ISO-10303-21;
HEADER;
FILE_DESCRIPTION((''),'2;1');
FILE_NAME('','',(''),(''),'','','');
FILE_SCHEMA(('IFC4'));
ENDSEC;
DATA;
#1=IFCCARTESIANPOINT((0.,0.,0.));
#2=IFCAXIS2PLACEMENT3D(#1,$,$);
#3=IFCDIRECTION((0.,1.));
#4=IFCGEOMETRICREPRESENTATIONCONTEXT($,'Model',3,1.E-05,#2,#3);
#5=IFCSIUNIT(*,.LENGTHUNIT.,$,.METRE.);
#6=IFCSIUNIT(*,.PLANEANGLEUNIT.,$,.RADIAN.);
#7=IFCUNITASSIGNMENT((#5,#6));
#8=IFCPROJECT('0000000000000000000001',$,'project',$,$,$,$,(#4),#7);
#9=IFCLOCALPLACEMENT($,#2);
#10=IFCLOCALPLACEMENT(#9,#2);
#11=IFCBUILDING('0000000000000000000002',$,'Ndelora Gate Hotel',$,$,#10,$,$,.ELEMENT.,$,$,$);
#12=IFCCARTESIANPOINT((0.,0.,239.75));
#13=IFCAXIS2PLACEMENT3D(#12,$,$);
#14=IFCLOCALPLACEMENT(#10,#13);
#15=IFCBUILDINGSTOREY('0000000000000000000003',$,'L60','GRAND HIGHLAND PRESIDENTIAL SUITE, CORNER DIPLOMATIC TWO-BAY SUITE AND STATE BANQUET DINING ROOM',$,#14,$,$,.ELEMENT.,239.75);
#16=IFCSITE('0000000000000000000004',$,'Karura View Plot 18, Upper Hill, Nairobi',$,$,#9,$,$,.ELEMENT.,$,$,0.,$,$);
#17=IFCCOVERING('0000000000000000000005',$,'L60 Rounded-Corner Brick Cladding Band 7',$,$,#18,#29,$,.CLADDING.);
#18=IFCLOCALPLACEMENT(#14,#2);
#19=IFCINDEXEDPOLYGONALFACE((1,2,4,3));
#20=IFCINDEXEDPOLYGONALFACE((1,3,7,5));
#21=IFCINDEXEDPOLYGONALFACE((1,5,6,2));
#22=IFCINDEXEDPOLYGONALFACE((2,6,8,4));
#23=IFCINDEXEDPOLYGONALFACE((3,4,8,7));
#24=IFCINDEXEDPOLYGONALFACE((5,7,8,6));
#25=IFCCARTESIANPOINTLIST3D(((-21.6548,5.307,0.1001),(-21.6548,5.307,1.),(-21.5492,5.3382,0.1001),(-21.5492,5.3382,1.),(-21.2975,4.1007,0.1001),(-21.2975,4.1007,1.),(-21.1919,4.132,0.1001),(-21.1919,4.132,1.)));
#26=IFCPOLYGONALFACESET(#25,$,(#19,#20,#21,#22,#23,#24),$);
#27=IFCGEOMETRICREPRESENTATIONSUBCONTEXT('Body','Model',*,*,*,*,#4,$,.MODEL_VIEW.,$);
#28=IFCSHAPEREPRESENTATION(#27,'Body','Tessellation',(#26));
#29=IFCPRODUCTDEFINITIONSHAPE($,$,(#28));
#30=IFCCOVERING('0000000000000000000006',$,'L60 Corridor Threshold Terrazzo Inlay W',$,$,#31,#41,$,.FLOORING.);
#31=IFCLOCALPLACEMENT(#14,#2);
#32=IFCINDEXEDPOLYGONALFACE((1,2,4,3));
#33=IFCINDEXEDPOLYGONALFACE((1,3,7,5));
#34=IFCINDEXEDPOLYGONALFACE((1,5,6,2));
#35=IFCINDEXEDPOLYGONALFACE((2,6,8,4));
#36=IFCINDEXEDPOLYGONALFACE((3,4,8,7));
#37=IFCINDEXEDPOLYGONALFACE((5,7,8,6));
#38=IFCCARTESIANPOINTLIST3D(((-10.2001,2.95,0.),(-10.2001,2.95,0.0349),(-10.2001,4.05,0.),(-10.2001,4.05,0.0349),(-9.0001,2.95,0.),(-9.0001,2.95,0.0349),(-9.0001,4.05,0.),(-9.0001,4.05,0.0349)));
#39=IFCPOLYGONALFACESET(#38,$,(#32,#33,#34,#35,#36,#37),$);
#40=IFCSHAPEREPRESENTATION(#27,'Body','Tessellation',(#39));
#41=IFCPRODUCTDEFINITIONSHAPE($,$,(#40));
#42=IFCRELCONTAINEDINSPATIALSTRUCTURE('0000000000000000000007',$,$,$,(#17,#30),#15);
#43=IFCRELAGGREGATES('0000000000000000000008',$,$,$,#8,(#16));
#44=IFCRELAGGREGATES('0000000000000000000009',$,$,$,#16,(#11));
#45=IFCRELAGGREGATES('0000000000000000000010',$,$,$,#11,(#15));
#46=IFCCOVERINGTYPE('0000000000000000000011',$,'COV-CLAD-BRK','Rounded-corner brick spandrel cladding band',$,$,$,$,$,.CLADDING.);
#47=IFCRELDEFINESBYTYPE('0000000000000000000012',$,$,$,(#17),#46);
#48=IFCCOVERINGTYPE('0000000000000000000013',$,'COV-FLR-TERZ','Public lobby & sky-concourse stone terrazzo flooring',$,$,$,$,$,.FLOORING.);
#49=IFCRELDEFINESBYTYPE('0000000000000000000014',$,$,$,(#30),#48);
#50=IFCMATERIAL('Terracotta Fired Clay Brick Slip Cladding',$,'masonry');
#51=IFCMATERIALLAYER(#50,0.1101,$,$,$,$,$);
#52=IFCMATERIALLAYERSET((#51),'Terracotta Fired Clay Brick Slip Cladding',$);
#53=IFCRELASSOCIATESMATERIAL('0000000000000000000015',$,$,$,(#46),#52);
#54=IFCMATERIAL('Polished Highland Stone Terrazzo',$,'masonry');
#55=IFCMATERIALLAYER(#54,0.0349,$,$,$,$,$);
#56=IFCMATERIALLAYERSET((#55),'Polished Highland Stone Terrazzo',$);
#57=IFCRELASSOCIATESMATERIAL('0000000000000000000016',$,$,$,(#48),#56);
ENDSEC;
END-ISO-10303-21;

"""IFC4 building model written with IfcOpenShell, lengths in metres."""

from ifc_helpers import new_model, si_unit, direction, frame, origin, origin_2d, place, context, subcontext, project, spatial, rectangle, extrude, material, layer, layer_set, type_object, element, save


model = new_model("IFC4")

# Units and contexts
model_context = context("Model", 3, precision=1e-05, world=origin(), true_north=direction((0.0, 1.0)))
body_context = subcontext(model_context, "Body", "Model", "MODEL_VIEW")
ifc_project = project(units=[si_unit("LENGTHUNIT", "METRE"), si_unit("PLANEANGLEUNIT", "RADIAN")], contexts=[model_context])

# Site, building, storey
site_placement = place(None, origin())
site = spatial("IfcSite", under=ifc_project, at=site_placement, Name="Karura View Plot 18, Upper Hill, Nairobi", CompositionType="ELEMENT", RefElevation=0.0)
building_placement = place(site_placement, origin())
building = spatial("IfcBuilding", under=site, at=building_placement, Name="Ndelora Gate Hotel", CompositionType="ELEMENT")
storey_placement = place(building_placement, frame((0.0, 0.0, 239.75)))
storey = spatial("IfcBuildingStorey", under=building, at=storey_placement, Name="L60", Description="GRAND HIGHLAND PRESIDENTIAL SUITE, CORNER DIPLOMATIC TWO-BAY SUITE AND STATE BANQUET DINING ROOM", CompositionType="ELEMENT", Elevation=239.75)

# Coverings
ifc_material_1 = material(Name="Terracotta Fired Clay Brick Slip Cladding", Category="masonry")
ifc_layer_1 = layer(ifc_material_1, 0.1101)
ifc_layer_set_1 = layer_set([ifc_layer_1], Name="Terracotta Fired Clay Brick Slip Cladding")
covering_type_1 = type_object("IfcCoveringType", Name="COV-CLAD-BRK", Description="Rounded-corner brick spandrel cladding band", PredefinedType="CLADDING", material=ifc_layer_set_1)
covering_1_placement = place(storey_placement, frame((-21.4233, 4.7195, 0.1001), z_axis=(0.0, 0.0, 1.0), x_axis=(-0.284015, 0.95882, 0.0)))
element("IfcCovering", 1, at=covering_1_placement, inside=storey, type_object=covering_type_1, Name="L60 Rounded-Corner Brick Cladding Band 7", PredefinedType="CLADDING", context=body_context, shape_type="SweptSolid", body=[
    extrude(rectangle(XDim=1.2581, YDim=0.1101, at=origin_2d()), origin(), (0.0, 0.0, 1.0), 0.8999),
])
ifc_material_2 = material(Name="Polished Highland Stone Terrazzo", Category="masonry")
ifc_layer_2 = layer(ifc_material_2, 0.0349)
ifc_layer_set_2 = layer_set([ifc_layer_2], Name="Polished Highland Stone Terrazzo")
covering_type_2 = type_object("IfcCoveringType", Name="COV-FLR-TERZ", Description="Public lobby & sky-concourse stone terrazzo flooring", PredefinedType="FLOORING", material=ifc_layer_set_2)
covering_2_placement = place(storey_placement, frame((-9.6001, 3.5, 0.0), z_axis=(0.0, 0.0, 1.0), x_axis=(1.0, 0.0, 0.0)))
element("IfcCovering", 2, at=covering_2_placement, inside=storey, type_object=covering_type_2, Name="L60 Corridor Threshold Terrazzo Inlay W", PredefinedType="FLOORING", context=body_context, shape_type="SweptSolid", body=[
    extrude(rectangle(XDim=1.2, YDim=1.1001, at=origin_2d()), origin(), (0.0, 0.0, 1.0), 0.0349),
])

save(model, "model.ifc")
